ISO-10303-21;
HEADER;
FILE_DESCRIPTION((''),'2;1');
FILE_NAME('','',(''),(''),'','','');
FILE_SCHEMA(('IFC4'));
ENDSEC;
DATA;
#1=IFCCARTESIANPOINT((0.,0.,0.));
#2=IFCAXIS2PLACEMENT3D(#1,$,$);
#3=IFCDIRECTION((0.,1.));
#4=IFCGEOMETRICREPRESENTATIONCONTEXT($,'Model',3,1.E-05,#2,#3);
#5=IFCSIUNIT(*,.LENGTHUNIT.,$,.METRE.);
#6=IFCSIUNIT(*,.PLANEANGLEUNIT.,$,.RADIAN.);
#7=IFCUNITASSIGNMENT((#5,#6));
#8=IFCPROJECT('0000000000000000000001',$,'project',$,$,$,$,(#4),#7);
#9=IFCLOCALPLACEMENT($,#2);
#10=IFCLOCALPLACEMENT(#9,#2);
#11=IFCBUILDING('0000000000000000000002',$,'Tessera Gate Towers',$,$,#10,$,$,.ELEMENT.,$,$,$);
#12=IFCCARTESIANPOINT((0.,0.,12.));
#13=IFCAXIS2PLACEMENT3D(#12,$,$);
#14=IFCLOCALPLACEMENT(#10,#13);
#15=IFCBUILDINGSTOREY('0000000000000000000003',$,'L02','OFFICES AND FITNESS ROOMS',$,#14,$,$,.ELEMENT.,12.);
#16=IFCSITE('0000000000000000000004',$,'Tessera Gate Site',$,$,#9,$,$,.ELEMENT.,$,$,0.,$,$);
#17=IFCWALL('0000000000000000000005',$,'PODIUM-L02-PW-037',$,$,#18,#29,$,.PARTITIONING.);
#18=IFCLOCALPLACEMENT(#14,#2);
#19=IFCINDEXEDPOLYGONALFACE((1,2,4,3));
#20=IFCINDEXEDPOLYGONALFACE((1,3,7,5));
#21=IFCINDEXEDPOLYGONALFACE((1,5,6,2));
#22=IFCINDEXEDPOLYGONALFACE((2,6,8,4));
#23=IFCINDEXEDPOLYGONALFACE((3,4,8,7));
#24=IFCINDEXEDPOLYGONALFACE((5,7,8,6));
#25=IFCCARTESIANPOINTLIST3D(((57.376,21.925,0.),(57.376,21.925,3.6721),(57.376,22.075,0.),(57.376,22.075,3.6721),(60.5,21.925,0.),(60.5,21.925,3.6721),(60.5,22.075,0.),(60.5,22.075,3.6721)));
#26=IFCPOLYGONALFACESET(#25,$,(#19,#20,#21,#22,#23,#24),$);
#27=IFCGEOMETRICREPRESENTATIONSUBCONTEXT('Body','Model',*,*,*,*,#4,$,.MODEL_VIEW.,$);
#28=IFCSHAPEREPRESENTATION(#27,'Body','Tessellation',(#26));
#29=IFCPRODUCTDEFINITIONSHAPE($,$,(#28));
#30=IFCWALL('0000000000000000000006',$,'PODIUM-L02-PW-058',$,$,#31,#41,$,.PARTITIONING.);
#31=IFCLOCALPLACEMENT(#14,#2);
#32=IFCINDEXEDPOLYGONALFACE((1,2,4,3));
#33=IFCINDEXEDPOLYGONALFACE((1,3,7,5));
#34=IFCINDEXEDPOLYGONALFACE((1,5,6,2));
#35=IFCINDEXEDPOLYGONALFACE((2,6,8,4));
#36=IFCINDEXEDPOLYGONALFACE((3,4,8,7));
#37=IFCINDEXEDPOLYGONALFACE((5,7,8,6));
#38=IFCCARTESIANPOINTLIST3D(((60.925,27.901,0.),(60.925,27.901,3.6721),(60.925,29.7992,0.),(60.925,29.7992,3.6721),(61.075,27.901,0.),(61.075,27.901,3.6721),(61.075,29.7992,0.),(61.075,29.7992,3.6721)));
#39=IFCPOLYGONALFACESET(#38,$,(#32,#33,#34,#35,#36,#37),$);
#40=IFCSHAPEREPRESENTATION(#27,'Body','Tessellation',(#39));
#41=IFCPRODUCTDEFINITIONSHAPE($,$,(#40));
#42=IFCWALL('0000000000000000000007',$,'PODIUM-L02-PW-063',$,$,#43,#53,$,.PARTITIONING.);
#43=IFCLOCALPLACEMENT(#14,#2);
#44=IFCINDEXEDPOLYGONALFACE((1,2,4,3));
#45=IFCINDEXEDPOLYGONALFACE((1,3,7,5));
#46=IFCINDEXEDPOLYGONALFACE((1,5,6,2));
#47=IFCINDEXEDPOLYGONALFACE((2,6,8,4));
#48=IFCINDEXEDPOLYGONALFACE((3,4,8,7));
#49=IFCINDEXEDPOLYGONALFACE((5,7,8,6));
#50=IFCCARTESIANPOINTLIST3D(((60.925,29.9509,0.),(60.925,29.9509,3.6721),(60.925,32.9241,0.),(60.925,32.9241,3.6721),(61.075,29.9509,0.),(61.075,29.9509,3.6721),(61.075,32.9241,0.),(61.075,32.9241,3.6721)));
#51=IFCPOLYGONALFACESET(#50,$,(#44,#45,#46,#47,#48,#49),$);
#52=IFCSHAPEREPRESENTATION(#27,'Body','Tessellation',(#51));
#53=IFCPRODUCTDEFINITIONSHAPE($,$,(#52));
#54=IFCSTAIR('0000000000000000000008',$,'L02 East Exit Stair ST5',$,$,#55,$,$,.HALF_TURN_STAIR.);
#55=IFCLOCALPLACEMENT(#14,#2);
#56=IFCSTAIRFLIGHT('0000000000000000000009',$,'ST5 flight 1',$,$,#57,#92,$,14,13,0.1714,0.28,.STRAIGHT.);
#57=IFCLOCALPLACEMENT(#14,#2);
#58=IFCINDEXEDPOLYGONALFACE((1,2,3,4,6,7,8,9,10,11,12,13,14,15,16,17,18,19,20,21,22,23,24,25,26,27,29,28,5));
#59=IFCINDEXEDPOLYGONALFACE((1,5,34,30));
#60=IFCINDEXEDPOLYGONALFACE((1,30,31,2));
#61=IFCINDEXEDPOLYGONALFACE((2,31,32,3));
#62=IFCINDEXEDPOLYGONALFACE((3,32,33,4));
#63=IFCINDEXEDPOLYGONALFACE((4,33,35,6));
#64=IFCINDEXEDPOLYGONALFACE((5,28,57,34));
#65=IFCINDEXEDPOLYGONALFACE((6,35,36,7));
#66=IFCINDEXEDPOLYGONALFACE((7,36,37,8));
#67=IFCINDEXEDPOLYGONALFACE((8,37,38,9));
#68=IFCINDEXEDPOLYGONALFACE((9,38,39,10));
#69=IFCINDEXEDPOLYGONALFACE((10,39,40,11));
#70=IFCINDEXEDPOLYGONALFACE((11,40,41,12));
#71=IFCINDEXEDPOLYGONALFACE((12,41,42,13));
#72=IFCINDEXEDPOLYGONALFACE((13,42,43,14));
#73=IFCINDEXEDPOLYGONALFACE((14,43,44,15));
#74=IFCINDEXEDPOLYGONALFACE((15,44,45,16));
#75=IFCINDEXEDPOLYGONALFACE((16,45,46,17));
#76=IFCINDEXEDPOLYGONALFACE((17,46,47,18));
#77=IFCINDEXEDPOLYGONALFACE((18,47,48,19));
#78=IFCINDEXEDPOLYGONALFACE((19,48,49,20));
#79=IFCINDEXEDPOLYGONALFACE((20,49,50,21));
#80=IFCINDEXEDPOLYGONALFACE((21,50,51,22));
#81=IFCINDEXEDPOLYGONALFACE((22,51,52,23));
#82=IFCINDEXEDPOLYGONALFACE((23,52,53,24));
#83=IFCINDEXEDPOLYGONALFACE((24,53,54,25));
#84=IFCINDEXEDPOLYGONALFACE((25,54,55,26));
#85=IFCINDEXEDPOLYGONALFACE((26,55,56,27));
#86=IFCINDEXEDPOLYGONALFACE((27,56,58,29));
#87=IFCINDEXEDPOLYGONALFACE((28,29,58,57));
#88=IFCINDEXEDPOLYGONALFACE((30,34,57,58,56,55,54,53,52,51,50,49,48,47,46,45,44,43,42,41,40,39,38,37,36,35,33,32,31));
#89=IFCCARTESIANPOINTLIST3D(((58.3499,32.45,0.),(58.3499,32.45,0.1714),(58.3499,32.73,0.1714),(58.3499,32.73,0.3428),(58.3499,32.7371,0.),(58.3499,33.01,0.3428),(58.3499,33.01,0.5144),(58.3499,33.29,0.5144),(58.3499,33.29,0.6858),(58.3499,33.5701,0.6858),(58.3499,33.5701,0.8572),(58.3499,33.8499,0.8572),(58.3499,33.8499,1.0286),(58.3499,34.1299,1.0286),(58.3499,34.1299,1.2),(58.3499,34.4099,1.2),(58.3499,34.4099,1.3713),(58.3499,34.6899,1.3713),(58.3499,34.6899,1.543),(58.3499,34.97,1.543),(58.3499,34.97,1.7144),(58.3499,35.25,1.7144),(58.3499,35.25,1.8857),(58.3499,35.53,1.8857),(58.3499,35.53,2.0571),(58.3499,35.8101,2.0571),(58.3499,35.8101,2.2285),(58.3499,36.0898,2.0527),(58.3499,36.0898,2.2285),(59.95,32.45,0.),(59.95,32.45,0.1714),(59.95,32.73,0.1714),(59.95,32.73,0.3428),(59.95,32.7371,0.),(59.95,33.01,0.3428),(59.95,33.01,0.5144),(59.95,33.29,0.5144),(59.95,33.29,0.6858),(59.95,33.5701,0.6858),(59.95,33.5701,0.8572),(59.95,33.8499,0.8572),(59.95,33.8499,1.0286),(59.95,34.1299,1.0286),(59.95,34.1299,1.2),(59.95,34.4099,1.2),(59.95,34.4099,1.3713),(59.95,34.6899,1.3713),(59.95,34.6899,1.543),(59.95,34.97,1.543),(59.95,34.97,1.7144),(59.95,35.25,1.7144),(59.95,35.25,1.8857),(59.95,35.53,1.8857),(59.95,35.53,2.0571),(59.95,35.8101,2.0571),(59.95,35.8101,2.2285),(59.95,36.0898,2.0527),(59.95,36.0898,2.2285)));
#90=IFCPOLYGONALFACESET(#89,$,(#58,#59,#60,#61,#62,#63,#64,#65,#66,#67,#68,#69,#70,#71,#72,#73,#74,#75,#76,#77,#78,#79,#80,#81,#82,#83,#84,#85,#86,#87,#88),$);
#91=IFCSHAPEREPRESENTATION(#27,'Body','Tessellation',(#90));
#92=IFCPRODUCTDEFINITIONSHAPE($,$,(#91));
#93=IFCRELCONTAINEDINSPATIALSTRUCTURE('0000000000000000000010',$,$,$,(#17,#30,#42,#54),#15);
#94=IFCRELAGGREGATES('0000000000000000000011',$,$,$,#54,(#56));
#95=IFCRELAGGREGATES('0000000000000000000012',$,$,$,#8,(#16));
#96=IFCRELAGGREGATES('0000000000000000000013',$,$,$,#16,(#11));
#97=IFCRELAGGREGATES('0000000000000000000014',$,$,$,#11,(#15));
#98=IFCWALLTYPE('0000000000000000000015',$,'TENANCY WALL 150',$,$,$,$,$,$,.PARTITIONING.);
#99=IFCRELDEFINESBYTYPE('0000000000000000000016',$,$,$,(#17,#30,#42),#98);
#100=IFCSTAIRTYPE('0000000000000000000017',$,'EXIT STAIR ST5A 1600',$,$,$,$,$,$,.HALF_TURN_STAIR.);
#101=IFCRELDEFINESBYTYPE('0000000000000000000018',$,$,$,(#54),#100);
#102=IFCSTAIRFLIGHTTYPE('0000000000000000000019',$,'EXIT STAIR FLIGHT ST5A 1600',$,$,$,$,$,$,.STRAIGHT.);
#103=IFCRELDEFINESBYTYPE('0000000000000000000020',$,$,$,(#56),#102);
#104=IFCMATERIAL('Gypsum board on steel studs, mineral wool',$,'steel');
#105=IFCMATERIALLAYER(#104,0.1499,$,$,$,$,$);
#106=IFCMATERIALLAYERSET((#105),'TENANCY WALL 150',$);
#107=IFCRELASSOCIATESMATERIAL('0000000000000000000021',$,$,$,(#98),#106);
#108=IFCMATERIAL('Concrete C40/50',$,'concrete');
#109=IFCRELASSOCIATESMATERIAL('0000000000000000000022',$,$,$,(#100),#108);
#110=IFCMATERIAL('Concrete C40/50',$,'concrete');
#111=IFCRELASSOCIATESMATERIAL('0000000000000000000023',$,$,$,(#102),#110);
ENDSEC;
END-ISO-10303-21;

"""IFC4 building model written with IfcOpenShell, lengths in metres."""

from ifc_helpers import new_model, si_unit, direction, frame, frame_2d, origin, place, context, subcontext, project, spatial, polyline, rectangle, outline, extrude, material, layer, layer_set, type_object, element, aggregate, save


model = new_model("IFC4")

# Units and contexts
model_context = context("Model", 3, precision=1e-05, world=origin(), true_north=direction((0.0, 1.0)))
body_context = subcontext(model_context, "Body", "Model", "MODEL_VIEW")
ifc_project = project(units=[si_unit("LENGTHUNIT", "METRE"), si_unit("PLANEANGLEUNIT", "RADIAN")], contexts=[model_context])

# Site, building, storey
site_placement = place(None, origin())
site = spatial("IfcSite", under=ifc_project, at=site_placement, Name="Tessera Gate Site", CompositionType="ELEMENT", RefElevation=0.0)
building_placement = place(site_placement, origin())
building = spatial("IfcBuilding", under=site, at=building_placement, Name="Tessera Gate Towers", CompositionType="ELEMENT")
storey_placement = place(building_placement, frame((0.0, 0.0, 12.0)))
storey = spatial("IfcBuildingStorey", under=building, at=storey_placement, Name="L02", Description="OFFICES AND FITNESS ROOMS", CompositionType="ELEMENT", Elevation=12.0)

# Walls
ifc_material_1 = material(Name="Gypsum board on steel studs, mineral wool", Category="steel")
ifc_layer_1 = layer(ifc_material_1, 0.1499)
ifc_layer_set_1 = layer_set([ifc_layer_1], Name="TENANCY WALL 150")
wall_type_1 = type_object("IfcWallType", Name="TENANCY WALL 150", PredefinedType="PARTITIONING", material=ifc_layer_set_1)
wall_1_placement = place(storey_placement, frame((57.376, 22.0, 0.0), z_axis=(0.0, 0.0, 1.0), x_axis=(1.0, 0.0, 0.0)))
element("IfcWall", 1, at=wall_1_placement, inside=storey, type_object=wall_type_1, Name="PODIUM-L02-PW-037", PredefinedType="PARTITIONING", context=body_context, shape_type="SweptSolid", body=[
    extrude(rectangle(XDim=3.124, YDim=0.1499, at=frame_2d((1.562, 0.0))), origin(), (0.0, 0.0, 1.0), 3.6721),
])
wall_2_placement = place(storey_placement, frame((61.0, 27.9009, 0.0), z_axis=(0.0, 0.0, 1.0), x_axis=(0.0, 1.0, 0.0)))
element("IfcWall", 2, at=wall_2_placement, inside=storey, type_object=wall_type_1, Name="PODIUM-L02-PW-058", PredefinedType="PARTITIONING", context=body_context, shape_type="SweptSolid", body=[
    extrude(rectangle(XDim=1.8982, YDim=0.1499, at=frame_2d((0.9492, 0.0))), origin(), (0.0, 0.0, 1.0), 3.6721),
])
wall_3_placement = place(storey_placement, frame((61.0, 29.9509, 0.0), z_axis=(0.0, 0.0, 1.0), x_axis=(0.0, 1.0, 0.0)))
element("IfcWall", 3, at=wall_3_placement, inside=storey, type_object=wall_type_1, Name="PODIUM-L02-PW-063", PredefinedType="PARTITIONING", context=body_context, shape_type="SweptSolid", body=[
    extrude(rectangle(XDim=2.9731, YDim=0.1499, at=frame_2d((1.4866, 0.0))), origin(), (0.0, 0.0, 1.0), 3.6721),
])

# Stair, stair flight
ifc_material_2 = material(Name="Concrete C40/50", Category="concrete")
stair_type = type_object("IfcStairType", Name="EXIT STAIR ST5A 1600", PredefinedType="HALF_TURN_STAIR", material=ifc_material_2)
stair_placement = place(storey_placement, origin())
stair = element("IfcStair", 4, at=stair_placement, inside=storey, type_object=stair_type, Name="L02 East Exit Stair ST5", PredefinedType="HALF_TURN_STAIR")
ifc_material_3 = material(Name="Concrete C40/50", Category="concrete")
stair_flight_type = type_object("IfcStairFlightType", Name="EXIT STAIR FLIGHT ST5A 1600", PredefinedType="STRAIGHT", material=ifc_material_3)
stair_flight_placement = place(storey_placement, frame((59.1499, 32.45, 0.0), z_axis=(0.0, 0.0, 1.0), x_axis=(0.0, 1.0, 0.0)))
stair_flight = element("IfcStairFlight", 5, at=stair_flight_placement, type_object=stair_flight_type, Name="ST5 flight 1", NumberOfRisers=14, NumberOfTreads=13, PredefinedType="STRAIGHT", RiserHeight=0.1714, TreadLength=0.28, context=body_context, shape_type="SweptSolid", body=[
    extrude(outline(polyline([(0.0, 0.0), (0.0, 0.1714), (0.28, 0.1714), (0.28, 0.3428), (0.5601, 0.3428), (0.5601, 0.5144), (0.8401, 0.5144), (0.8401, 0.6858), (1.1201, 0.6858), (1.1201, 0.8572), (1.3999, 0.8572), (1.3999, 1.0286), (1.6799, 1.0286), (1.6799, 1.2), (1.96, 1.2), (1.96, 1.3713), (2.24, 1.3713), (2.24, 1.543), (2.52, 1.543), (2.52, 1.7144), (2.8, 1.7144), (2.8, 1.8857), (3.0801, 1.8857), (3.0801, 2.0571), (3.3601, 2.0571), (3.3601, 2.2285), (3.6399, 2.2285), (3.6399, 2.3999), (3.6399, 2.0527), (0.2871, 0.0), (0.0, 0.0)])), frame((0.0, 0.8, 0.0), z_axis=(0.0, -1.0, 0.0), x_axis=(1.0, 0.0, 0.0)), (0.0, 0.0, 1.0), 1.6001),
])
aggregate(stair, [stair_flight])

save(model, "model.ifc")
